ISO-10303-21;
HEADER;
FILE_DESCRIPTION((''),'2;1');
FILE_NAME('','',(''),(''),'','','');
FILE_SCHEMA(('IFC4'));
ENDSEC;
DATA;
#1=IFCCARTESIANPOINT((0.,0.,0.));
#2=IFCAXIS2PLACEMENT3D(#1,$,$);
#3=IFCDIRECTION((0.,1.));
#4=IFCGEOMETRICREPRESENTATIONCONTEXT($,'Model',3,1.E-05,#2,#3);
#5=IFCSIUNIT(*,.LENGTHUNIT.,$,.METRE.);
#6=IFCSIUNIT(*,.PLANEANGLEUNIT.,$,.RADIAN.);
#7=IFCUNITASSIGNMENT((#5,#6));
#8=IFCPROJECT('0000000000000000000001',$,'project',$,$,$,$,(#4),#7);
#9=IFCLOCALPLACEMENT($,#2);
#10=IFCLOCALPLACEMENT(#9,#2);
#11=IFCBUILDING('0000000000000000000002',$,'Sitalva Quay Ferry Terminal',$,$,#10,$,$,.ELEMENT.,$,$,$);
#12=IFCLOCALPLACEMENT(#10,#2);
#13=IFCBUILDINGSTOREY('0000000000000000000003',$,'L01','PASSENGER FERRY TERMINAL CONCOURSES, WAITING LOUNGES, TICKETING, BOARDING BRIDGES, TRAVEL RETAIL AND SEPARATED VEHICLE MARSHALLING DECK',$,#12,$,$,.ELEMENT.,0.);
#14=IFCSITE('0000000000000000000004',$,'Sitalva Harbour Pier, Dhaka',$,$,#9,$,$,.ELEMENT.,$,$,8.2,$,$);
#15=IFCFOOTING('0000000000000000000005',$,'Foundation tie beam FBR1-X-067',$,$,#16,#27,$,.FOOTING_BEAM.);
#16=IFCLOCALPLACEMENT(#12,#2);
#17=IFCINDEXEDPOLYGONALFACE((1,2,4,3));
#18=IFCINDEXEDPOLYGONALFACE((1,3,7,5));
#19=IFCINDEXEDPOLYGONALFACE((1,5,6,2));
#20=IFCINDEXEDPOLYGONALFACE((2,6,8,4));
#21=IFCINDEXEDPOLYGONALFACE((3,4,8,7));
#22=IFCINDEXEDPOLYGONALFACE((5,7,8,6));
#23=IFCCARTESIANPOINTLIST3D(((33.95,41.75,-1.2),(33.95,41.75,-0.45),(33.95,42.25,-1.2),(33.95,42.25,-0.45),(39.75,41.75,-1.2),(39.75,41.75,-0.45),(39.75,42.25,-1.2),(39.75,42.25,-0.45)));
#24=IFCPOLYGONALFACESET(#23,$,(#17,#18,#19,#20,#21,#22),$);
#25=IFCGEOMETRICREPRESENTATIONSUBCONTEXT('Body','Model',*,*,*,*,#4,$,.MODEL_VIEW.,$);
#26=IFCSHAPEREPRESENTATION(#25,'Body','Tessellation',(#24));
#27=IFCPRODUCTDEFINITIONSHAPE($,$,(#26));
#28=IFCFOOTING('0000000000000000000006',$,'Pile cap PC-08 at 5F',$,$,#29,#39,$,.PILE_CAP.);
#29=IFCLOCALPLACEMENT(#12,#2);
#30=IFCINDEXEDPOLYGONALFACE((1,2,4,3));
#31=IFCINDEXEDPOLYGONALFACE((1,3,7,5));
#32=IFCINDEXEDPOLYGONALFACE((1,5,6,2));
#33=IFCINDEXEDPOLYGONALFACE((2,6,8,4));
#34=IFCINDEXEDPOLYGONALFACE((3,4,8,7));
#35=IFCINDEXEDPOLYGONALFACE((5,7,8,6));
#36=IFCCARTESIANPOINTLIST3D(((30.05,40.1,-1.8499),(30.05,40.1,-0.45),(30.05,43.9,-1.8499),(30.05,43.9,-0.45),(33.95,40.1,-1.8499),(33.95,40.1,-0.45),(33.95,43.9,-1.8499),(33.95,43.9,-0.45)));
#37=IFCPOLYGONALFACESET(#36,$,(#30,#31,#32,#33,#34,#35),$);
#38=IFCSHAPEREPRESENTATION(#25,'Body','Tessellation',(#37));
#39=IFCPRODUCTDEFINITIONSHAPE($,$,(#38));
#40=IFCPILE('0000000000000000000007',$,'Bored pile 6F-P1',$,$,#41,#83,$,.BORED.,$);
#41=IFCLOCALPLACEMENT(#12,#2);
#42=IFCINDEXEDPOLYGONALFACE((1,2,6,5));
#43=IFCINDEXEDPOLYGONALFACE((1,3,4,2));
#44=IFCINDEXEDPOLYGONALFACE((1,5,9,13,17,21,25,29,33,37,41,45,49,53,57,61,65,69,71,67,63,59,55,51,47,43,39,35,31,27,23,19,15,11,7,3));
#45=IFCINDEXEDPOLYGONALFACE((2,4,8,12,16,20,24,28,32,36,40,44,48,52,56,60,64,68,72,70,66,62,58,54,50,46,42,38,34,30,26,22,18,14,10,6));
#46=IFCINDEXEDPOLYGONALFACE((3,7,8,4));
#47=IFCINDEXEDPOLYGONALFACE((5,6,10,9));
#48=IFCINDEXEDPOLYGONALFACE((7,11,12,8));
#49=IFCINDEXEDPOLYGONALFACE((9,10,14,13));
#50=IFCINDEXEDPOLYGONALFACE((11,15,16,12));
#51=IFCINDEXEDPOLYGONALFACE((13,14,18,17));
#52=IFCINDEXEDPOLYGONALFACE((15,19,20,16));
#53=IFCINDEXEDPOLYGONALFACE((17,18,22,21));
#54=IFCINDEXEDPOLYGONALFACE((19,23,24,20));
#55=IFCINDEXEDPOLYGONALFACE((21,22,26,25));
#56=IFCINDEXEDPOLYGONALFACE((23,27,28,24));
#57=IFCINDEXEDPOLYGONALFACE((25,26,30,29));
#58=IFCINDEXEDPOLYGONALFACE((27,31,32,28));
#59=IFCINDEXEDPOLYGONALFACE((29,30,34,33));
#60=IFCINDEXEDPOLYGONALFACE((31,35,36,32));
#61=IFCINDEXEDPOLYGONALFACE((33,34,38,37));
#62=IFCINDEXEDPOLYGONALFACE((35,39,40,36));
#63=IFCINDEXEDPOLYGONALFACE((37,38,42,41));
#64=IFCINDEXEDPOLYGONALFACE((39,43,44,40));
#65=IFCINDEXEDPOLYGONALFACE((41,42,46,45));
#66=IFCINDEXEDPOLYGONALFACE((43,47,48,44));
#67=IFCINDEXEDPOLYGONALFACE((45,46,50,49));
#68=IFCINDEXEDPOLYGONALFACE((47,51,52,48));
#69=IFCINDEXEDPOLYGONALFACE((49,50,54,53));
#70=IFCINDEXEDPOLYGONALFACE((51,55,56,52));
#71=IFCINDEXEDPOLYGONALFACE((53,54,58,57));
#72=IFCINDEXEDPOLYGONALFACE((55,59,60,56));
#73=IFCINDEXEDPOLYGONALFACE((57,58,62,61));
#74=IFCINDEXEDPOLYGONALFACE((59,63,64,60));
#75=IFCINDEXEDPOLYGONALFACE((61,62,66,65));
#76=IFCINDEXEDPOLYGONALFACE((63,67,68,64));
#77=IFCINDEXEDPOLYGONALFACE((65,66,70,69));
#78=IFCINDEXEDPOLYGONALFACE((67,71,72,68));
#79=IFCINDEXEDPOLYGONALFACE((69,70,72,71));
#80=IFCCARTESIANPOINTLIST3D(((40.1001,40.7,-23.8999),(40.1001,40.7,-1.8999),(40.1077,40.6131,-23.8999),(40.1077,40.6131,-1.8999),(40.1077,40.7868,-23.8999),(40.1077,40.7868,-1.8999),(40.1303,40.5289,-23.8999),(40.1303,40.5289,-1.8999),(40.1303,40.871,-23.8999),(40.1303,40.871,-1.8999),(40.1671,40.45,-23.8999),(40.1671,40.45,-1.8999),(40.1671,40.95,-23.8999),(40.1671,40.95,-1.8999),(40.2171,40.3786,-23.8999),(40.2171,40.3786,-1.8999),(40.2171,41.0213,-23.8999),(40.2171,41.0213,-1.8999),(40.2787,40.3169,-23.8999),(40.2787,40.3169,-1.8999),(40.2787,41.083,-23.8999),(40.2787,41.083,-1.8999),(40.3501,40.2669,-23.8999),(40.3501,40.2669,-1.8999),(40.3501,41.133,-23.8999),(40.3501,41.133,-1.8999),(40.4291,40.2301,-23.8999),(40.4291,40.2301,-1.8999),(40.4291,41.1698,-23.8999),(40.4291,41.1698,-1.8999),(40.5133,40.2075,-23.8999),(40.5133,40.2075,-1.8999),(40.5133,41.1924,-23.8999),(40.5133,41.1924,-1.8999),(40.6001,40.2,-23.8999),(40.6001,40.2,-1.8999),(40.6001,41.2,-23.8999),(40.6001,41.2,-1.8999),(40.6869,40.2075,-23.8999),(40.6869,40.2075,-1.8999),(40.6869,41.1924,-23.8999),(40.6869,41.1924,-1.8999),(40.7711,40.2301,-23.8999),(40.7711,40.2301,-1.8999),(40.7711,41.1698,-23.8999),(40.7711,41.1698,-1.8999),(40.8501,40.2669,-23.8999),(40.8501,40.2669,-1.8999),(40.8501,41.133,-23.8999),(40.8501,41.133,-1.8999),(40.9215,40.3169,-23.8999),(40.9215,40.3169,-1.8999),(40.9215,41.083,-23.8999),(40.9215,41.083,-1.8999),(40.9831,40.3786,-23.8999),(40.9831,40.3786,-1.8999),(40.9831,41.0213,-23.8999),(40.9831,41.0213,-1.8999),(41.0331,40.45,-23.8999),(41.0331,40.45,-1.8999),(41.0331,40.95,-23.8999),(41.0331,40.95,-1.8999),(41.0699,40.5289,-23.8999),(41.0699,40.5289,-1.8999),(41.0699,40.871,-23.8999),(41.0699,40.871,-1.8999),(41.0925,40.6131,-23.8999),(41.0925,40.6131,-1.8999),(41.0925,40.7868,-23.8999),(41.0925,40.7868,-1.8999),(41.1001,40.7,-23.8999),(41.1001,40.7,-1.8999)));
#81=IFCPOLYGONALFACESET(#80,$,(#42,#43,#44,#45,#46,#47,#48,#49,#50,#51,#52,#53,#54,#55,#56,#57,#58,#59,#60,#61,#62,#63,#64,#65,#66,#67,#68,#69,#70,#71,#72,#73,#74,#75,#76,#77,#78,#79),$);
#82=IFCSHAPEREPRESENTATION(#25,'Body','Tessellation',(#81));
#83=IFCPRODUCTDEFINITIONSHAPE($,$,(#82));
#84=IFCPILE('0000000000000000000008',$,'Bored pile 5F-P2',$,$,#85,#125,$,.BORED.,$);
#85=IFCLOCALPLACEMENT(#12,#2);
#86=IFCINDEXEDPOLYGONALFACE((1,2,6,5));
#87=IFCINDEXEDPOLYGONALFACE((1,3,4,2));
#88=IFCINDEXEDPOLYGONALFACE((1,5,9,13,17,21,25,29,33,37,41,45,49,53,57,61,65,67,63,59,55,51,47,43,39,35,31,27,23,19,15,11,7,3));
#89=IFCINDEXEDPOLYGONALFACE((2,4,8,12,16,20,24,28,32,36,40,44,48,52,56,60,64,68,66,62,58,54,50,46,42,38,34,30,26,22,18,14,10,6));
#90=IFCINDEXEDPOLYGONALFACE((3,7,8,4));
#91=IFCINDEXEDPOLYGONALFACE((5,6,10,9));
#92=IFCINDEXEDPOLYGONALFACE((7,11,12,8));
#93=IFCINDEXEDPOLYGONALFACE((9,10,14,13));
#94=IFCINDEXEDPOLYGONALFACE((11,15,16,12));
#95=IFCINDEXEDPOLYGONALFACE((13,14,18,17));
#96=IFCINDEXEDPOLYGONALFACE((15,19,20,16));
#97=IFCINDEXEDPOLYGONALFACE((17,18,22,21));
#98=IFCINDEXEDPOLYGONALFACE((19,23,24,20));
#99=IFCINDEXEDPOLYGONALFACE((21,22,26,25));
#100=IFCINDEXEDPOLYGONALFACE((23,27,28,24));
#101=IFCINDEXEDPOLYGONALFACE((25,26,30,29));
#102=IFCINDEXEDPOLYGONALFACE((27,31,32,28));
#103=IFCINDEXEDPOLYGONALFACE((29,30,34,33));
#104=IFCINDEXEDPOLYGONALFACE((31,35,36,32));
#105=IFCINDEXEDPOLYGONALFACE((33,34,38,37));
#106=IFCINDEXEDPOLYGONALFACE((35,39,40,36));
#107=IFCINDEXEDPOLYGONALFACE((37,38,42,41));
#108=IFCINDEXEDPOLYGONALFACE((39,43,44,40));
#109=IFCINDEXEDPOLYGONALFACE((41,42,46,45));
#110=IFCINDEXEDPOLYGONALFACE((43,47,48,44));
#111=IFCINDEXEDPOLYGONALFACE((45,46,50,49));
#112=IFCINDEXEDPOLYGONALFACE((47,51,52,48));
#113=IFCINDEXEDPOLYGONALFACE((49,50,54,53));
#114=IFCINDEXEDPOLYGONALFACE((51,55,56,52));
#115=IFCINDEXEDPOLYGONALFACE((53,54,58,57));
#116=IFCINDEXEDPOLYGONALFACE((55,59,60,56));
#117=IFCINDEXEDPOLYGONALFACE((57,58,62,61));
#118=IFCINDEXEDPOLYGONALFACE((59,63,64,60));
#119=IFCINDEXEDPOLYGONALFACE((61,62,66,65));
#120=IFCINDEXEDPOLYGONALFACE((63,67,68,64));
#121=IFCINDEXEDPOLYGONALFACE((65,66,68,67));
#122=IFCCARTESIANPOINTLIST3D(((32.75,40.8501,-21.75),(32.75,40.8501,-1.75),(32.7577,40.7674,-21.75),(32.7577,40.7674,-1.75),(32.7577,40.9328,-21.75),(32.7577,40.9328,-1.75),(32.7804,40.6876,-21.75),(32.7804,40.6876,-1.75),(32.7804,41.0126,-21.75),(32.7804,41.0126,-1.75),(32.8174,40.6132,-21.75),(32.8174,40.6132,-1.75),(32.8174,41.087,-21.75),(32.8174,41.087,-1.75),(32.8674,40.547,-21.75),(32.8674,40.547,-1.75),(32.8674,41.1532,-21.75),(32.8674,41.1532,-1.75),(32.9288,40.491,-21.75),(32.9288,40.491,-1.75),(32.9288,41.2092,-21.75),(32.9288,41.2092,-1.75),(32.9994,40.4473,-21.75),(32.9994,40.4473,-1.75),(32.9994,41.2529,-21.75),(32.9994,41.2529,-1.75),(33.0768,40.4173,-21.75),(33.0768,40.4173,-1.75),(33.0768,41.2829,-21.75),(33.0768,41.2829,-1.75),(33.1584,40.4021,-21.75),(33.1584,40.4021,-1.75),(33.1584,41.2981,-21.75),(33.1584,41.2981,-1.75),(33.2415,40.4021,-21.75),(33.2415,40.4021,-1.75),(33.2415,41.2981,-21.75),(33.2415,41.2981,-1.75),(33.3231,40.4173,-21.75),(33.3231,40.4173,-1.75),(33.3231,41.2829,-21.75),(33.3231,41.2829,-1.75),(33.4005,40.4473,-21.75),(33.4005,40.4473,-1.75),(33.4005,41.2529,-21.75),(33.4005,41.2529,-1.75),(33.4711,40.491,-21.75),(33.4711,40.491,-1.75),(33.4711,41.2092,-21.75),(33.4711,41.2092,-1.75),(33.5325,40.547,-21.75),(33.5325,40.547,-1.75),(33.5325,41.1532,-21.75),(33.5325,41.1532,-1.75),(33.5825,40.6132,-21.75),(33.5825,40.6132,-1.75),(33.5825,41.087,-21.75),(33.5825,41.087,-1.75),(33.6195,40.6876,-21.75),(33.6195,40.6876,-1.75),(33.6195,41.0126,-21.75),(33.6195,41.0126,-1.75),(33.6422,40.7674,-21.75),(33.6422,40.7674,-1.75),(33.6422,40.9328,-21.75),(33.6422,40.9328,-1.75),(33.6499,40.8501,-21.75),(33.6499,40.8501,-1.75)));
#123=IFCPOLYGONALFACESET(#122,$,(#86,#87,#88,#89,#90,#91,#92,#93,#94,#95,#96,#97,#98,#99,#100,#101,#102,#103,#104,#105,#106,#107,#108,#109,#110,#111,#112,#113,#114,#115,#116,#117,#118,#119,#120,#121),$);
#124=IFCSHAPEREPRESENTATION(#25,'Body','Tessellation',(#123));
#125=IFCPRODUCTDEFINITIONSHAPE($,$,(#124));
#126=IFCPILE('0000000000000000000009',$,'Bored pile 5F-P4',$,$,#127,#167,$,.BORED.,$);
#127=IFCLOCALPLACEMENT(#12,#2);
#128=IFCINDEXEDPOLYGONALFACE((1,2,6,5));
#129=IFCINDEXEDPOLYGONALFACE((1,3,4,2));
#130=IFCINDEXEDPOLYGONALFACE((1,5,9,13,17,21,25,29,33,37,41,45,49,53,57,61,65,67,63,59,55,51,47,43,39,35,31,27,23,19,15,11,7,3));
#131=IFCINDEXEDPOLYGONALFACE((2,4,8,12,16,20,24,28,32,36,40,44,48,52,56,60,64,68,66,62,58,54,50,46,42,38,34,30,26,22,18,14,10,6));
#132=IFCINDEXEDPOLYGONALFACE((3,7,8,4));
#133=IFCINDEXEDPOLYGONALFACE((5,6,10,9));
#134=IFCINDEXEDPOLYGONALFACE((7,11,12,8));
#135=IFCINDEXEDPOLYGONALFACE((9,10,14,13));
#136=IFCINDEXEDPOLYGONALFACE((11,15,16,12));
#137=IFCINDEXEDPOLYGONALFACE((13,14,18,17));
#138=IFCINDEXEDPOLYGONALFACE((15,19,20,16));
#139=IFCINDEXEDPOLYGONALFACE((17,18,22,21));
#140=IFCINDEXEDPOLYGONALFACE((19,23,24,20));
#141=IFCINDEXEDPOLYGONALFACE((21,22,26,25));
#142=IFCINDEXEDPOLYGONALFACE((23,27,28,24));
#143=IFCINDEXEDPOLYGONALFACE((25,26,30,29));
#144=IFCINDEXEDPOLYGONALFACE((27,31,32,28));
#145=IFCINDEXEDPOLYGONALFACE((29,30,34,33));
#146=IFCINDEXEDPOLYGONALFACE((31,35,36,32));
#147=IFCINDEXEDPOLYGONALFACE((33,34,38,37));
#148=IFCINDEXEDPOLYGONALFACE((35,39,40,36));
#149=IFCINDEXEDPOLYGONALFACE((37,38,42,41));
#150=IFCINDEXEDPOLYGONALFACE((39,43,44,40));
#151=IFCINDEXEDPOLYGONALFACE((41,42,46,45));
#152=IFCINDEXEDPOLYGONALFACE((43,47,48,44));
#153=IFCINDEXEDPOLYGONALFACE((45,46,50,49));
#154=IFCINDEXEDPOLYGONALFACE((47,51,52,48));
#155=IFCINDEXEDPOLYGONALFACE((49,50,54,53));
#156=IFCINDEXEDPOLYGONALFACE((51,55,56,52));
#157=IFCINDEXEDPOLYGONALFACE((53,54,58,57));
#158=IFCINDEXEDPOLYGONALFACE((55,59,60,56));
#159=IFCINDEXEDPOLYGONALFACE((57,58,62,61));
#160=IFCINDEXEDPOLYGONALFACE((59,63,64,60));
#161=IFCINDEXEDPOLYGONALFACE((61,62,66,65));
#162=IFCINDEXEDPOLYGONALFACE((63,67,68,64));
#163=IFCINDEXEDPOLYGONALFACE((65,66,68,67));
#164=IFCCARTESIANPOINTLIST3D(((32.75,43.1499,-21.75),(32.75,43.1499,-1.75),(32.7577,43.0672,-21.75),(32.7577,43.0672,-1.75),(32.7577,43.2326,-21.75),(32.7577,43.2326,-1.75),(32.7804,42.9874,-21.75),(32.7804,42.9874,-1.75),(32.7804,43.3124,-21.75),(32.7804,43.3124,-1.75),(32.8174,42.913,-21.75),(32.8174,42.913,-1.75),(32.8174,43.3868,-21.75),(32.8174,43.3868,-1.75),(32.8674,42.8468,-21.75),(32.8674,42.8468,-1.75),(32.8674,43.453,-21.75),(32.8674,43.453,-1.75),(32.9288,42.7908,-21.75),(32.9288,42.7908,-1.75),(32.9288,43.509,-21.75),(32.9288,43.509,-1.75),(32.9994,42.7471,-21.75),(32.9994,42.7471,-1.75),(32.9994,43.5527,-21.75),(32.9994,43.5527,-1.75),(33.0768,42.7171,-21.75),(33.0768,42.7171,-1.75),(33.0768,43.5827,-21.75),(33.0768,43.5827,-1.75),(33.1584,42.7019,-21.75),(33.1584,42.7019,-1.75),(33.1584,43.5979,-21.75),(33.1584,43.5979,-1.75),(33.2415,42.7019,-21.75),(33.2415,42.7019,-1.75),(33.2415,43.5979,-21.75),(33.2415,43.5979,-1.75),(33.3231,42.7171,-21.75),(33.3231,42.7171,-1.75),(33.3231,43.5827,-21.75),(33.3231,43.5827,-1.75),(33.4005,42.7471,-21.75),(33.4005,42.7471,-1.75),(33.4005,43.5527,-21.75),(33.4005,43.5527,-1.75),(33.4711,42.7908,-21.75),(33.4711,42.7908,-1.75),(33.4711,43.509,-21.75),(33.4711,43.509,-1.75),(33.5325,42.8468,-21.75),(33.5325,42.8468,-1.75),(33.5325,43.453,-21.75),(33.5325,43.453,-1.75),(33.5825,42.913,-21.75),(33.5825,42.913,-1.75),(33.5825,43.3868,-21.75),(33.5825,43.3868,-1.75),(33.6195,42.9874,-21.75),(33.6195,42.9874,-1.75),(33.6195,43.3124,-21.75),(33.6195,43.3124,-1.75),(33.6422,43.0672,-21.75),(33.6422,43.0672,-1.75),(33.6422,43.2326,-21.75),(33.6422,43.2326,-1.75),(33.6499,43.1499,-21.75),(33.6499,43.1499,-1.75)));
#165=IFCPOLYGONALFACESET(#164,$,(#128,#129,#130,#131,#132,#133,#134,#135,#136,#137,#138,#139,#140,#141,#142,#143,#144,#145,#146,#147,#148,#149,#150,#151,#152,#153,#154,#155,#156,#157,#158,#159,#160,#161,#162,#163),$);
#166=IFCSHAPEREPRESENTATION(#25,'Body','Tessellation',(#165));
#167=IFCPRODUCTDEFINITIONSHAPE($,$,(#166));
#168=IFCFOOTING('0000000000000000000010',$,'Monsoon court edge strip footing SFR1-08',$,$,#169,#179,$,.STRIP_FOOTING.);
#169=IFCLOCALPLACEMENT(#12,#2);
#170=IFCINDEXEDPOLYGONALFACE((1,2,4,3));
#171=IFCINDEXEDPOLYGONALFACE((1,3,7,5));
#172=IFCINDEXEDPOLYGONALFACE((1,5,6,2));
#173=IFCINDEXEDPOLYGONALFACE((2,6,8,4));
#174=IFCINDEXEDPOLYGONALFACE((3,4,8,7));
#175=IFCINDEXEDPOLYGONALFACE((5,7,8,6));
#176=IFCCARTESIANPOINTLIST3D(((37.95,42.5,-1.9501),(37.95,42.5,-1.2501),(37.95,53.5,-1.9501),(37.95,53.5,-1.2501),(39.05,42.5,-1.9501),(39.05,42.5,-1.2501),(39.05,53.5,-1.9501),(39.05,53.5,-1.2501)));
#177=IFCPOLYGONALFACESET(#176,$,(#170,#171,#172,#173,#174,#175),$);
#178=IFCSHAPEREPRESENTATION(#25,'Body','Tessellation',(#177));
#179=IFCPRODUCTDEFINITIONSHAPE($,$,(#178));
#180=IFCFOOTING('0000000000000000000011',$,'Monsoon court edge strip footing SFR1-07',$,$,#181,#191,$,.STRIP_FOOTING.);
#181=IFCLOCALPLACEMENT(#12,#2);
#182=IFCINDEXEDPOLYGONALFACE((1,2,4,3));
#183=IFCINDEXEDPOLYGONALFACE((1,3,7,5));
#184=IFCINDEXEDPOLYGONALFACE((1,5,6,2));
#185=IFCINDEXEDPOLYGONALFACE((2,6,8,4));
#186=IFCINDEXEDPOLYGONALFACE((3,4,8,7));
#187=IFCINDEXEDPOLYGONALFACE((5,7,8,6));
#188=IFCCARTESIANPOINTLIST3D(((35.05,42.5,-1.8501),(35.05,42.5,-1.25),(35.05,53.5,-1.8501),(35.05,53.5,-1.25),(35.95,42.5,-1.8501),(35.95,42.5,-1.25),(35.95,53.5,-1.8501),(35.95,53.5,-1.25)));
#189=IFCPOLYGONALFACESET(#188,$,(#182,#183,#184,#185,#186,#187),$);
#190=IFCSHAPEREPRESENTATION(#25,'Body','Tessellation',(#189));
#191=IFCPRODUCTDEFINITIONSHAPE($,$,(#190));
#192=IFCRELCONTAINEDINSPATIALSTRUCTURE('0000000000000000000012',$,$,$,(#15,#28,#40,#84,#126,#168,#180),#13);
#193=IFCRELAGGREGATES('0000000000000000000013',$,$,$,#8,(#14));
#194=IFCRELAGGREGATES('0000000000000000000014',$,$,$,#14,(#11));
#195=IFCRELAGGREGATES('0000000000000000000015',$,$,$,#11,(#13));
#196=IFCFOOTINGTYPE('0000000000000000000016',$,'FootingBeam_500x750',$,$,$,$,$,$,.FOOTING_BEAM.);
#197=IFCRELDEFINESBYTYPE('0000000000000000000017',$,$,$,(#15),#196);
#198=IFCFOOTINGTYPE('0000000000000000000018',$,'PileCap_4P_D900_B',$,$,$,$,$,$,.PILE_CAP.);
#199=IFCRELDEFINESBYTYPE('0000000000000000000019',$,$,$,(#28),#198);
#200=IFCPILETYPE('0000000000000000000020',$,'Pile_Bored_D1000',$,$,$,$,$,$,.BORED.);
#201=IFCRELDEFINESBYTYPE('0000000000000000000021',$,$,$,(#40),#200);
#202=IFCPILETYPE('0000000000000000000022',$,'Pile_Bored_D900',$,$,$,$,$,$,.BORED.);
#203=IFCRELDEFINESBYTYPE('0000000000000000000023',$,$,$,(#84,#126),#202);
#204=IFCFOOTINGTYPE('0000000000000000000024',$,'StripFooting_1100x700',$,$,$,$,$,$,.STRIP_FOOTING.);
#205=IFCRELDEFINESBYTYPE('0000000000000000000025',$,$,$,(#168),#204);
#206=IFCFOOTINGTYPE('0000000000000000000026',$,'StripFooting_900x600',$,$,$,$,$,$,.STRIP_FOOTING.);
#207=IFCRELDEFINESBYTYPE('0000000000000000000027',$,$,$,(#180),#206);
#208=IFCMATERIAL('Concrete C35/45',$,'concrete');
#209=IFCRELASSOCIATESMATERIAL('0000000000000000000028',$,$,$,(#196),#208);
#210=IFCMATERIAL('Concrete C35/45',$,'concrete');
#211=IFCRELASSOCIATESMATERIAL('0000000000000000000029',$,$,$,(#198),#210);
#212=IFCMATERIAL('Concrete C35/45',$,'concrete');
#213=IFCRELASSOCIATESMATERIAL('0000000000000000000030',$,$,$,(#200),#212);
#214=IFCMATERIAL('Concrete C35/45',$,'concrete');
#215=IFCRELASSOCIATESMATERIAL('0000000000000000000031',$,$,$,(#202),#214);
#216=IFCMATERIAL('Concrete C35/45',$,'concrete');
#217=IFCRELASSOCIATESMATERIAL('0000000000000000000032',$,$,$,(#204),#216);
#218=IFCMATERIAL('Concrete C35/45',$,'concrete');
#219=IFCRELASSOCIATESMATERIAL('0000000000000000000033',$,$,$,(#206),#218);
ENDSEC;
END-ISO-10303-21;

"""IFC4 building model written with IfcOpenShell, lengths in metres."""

from ifc_helpers import new_model, si_unit, direction, frame, origin, origin_2d, place, context, subcontext, project, spatial, rectangle, circle, extrude, material, material_profile, profile_set, type_object, element, save


model = new_model("IFC4")

# Units and contexts
model_context = context("Model", 3, precision=1e-05, world=origin(), true_north=direction((0.0, 1.0)))
body_context = subcontext(model_context, "Body", "Model", "MODEL_VIEW")
ifc_project = project(units=[si_unit("LENGTHUNIT", "METRE"), si_unit("PLANEANGLEUNIT", "RADIAN")], contexts=[model_context])

# Site, building, storey
site_placement = place(None, origin())
site = spatial("IfcSite", under=ifc_project, at=site_placement, Name="Sitalva Harbour Pier, Dhaka", CompositionType="ELEMENT", RefElevation=8.2)
building_placement = place(site_placement, origin())
building = spatial("IfcBuilding", under=site, at=building_placement, Name="Sitalva Quay Ferry Terminal", CompositionType="ELEMENT")
storey_placement = place(building_placement, origin())
storey = spatial("IfcBuildingStorey", under=building, at=storey_placement, Name="L01", Description="PASSENGER FERRY TERMINAL CONCOURSES, WAITING LOUNGES, TICKETING, BOARDING BRIDGES, TRAVEL RETAIL AND SEPARATED VEHICLE MARSHALLING DECK", CompositionType="ELEMENT", Elevation=0.0)

# Footings
ifc_material_1 = material(Name="Concrete C35/45", Category="concrete")
ifc_material_profile_1 = material_profile(ifc_material_1, rectangle(XDim=0.5, YDim=0.75, at=origin_2d()), Name="RC500x750")
ifc_profile_set_1 = profile_set([ifc_material_profile_1], Name="Concrete C35/45")
footing_type_1 = type_object("IfcFootingType", Name="FootingBeam_500x750", PredefinedType="FOOTING_BEAM", material=ifc_profile_set_1)
footing_1_placement = place(storey_placement, frame((33.95, 42.0, -0.825), z_axis=(1.0, 0.0, 0.0), x_axis=(0.0, 1.0, 0.0)))
element("IfcFooting", 1, at=footing_1_placement, inside=storey, type_object=footing_type_1, Name="Foundation tie beam FBR1-X-067", PredefinedType="FOOTING_BEAM", context=body_context, shape_type="SweptSolid", body=[
    extrude(rectangle(XDim=0.5, YDim=0.75, at=origin_2d()), origin(), (0.0, 0.0, 1.0), 5.8),
])
ifc_material_2 = material(Name="Concrete C35/45", Category="concrete")
footing_type_2 = type_object("IfcFootingType", Name="PileCap_4P_D900_B", PredefinedType="PILE_CAP", material=ifc_material_2)
footing_2_placement = place(storey_placement, frame((32.0, 42.0, -1.8499), z_axis=(0.0, 0.0, 1.0), x_axis=(1.0, 0.0, 0.0)))
element("IfcFooting", 2, at=footing_2_placement, inside=storey, type_object=footing_type_2, Name="Pile cap PC-08 at 5F", PredefinedType="PILE_CAP", context=body_context, shape_type="SweptSolid", body=[
    extrude(rectangle(XDim=3.8999, YDim=3.8, at=origin_2d()), origin(), (0.0, 0.0, 1.0), 1.3999),
])

# Piles
ifc_material_3 = material(Name="Concrete C35/45", Category="concrete")
ifc_material_profile_2 = material_profile(ifc_material_3, circle(Radius=0.5, at=origin_2d()), Name="PILE-D1000")
ifc_profile_set_2 = profile_set([ifc_material_profile_2], Name="Concrete C35/45")
pile_type_1 = type_object("IfcPileType", Name="Pile_Bored_D1000", PredefinedType="BORED", material=ifc_profile_set_2)
pile_placement = place(storey_placement, frame((40.6001, 40.7, -1.8999), z_axis=(0.0, 0.0, -1.0), x_axis=(1.0, 0.0, 0.0)))
element("IfcPile", 3, at=pile_placement, inside=storey, type_object=pile_type_1, Name="Bored pile 6F-P1", PredefinedType="BORED", context=body_context, shape_type="SweptSolid", body=[
    extrude(circle(Radius=0.5, at=origin_2d()), origin(), (0.0, 0.0, 1.0), 22.0),
])
ifc_material_4 = material(Name="Concrete C35/45", Category="concrete")
ifc_material_profile_3 = material_profile(ifc_material_4, circle(Radius=0.45, at=origin_2d()), Name="PILE-D900")
ifc_profile_set_3 = profile_set([ifc_material_profile_3], Name="Concrete C35/45")
pile_type_2 = type_object("IfcPileType", Name="Pile_Bored_D900", PredefinedType="BORED", material=ifc_profile_set_3)
for number, where, z_axis, x_axis, name in (
    (4, (33.2, 40.8501, -1.75), (0.0, 0.0, -1.0), (1.0, 0.0, 0.0), "Bored pile 5F-P2"),
    (5, (33.2, 43.1499, -1.75), (0.0, 0.0, -1.0), (1.0, 0.0, 0.0), "Bored pile 5F-P4"),
):
    element("IfcPile", number, at=place(storey_placement, frame(where, z_axis=z_axis, x_axis=x_axis)), inside=storey, type_object=pile_type_2, Name=name, PredefinedType="BORED", context=body_context, shape_type="SweptSolid", body=[
        extrude(circle(Radius=0.45, at=origin_2d()), origin(), (0.0, 0.0, 1.0), 20.0),
    ])

# Footings
ifc_material_5 = material(Name="Concrete C35/45", Category="concrete")
ifc_material_profile_4 = material_profile(ifc_material_5, rectangle(XDim=1.1001, YDim=0.7, at=origin_2d()), Name="RC1100x700")
ifc_profile_set_4 = profile_set([ifc_material_profile_4], Name="Concrete C35/45")
footing_type_3 = type_object("IfcFootingType", Name="StripFooting_1100x700", PredefinedType="STRIP_FOOTING", material=ifc_profile_set_4)
footing_3_placement = place(storey_placement, frame((38.5, 42.5, -1.6001), z_axis=(0.0, 1.0, 0.0), x_axis=(-1.0, 0.0, 0.0)))
element("IfcFooting", 6, at=footing_3_placement, inside=storey, type_object=footing_type_3, Name="Monsoon court edge strip footing SFR1-08", PredefinedType="STRIP_FOOTING", context=body_context, shape_type="SweptSolid", body=[
    extrude(rectangle(XDim=1.1001, YDim=0.7, at=origin_2d()), origin(), (0.0, 0.0, 1.0), 11.0),
])
ifc_material_6 = material(Name="Concrete C35/45", Category="concrete")
ifc_material_profile_5 = material_profile(ifc_material_6, rectangle(XDim=0.8999, YDim=0.6001, at=origin_2d()), Name="RC900x600")
ifc_profile_set_5 = profile_set([ifc_material_profile_5], Name="Concrete C35/45")
footing_type_4 = type_object("IfcFootingType", Name="StripFooting_900x600", PredefinedType="STRIP_FOOTING", material=ifc_profile_set_5)
footing_4_placement = place(storey_placement, frame((35.5, 42.5, -1.55), z_axis=(0.0, 1.0, 0.0), x_axis=(-1.0, 0.0, 0.0)))
element("IfcFooting", 7, at=footing_4_placement, inside=storey, type_object=footing_type_4, Name="Monsoon court edge strip footing SFR1-07", PredefinedType="STRIP_FOOTING", context=body_context, shape_type="SweptSolid", body=[
    extrude(rectangle(XDim=0.8999, YDim=0.6001, at=origin_2d()), origin(), (0.0, 0.0, 1.0), 11.0),
])

save(model, "model.ifc")
